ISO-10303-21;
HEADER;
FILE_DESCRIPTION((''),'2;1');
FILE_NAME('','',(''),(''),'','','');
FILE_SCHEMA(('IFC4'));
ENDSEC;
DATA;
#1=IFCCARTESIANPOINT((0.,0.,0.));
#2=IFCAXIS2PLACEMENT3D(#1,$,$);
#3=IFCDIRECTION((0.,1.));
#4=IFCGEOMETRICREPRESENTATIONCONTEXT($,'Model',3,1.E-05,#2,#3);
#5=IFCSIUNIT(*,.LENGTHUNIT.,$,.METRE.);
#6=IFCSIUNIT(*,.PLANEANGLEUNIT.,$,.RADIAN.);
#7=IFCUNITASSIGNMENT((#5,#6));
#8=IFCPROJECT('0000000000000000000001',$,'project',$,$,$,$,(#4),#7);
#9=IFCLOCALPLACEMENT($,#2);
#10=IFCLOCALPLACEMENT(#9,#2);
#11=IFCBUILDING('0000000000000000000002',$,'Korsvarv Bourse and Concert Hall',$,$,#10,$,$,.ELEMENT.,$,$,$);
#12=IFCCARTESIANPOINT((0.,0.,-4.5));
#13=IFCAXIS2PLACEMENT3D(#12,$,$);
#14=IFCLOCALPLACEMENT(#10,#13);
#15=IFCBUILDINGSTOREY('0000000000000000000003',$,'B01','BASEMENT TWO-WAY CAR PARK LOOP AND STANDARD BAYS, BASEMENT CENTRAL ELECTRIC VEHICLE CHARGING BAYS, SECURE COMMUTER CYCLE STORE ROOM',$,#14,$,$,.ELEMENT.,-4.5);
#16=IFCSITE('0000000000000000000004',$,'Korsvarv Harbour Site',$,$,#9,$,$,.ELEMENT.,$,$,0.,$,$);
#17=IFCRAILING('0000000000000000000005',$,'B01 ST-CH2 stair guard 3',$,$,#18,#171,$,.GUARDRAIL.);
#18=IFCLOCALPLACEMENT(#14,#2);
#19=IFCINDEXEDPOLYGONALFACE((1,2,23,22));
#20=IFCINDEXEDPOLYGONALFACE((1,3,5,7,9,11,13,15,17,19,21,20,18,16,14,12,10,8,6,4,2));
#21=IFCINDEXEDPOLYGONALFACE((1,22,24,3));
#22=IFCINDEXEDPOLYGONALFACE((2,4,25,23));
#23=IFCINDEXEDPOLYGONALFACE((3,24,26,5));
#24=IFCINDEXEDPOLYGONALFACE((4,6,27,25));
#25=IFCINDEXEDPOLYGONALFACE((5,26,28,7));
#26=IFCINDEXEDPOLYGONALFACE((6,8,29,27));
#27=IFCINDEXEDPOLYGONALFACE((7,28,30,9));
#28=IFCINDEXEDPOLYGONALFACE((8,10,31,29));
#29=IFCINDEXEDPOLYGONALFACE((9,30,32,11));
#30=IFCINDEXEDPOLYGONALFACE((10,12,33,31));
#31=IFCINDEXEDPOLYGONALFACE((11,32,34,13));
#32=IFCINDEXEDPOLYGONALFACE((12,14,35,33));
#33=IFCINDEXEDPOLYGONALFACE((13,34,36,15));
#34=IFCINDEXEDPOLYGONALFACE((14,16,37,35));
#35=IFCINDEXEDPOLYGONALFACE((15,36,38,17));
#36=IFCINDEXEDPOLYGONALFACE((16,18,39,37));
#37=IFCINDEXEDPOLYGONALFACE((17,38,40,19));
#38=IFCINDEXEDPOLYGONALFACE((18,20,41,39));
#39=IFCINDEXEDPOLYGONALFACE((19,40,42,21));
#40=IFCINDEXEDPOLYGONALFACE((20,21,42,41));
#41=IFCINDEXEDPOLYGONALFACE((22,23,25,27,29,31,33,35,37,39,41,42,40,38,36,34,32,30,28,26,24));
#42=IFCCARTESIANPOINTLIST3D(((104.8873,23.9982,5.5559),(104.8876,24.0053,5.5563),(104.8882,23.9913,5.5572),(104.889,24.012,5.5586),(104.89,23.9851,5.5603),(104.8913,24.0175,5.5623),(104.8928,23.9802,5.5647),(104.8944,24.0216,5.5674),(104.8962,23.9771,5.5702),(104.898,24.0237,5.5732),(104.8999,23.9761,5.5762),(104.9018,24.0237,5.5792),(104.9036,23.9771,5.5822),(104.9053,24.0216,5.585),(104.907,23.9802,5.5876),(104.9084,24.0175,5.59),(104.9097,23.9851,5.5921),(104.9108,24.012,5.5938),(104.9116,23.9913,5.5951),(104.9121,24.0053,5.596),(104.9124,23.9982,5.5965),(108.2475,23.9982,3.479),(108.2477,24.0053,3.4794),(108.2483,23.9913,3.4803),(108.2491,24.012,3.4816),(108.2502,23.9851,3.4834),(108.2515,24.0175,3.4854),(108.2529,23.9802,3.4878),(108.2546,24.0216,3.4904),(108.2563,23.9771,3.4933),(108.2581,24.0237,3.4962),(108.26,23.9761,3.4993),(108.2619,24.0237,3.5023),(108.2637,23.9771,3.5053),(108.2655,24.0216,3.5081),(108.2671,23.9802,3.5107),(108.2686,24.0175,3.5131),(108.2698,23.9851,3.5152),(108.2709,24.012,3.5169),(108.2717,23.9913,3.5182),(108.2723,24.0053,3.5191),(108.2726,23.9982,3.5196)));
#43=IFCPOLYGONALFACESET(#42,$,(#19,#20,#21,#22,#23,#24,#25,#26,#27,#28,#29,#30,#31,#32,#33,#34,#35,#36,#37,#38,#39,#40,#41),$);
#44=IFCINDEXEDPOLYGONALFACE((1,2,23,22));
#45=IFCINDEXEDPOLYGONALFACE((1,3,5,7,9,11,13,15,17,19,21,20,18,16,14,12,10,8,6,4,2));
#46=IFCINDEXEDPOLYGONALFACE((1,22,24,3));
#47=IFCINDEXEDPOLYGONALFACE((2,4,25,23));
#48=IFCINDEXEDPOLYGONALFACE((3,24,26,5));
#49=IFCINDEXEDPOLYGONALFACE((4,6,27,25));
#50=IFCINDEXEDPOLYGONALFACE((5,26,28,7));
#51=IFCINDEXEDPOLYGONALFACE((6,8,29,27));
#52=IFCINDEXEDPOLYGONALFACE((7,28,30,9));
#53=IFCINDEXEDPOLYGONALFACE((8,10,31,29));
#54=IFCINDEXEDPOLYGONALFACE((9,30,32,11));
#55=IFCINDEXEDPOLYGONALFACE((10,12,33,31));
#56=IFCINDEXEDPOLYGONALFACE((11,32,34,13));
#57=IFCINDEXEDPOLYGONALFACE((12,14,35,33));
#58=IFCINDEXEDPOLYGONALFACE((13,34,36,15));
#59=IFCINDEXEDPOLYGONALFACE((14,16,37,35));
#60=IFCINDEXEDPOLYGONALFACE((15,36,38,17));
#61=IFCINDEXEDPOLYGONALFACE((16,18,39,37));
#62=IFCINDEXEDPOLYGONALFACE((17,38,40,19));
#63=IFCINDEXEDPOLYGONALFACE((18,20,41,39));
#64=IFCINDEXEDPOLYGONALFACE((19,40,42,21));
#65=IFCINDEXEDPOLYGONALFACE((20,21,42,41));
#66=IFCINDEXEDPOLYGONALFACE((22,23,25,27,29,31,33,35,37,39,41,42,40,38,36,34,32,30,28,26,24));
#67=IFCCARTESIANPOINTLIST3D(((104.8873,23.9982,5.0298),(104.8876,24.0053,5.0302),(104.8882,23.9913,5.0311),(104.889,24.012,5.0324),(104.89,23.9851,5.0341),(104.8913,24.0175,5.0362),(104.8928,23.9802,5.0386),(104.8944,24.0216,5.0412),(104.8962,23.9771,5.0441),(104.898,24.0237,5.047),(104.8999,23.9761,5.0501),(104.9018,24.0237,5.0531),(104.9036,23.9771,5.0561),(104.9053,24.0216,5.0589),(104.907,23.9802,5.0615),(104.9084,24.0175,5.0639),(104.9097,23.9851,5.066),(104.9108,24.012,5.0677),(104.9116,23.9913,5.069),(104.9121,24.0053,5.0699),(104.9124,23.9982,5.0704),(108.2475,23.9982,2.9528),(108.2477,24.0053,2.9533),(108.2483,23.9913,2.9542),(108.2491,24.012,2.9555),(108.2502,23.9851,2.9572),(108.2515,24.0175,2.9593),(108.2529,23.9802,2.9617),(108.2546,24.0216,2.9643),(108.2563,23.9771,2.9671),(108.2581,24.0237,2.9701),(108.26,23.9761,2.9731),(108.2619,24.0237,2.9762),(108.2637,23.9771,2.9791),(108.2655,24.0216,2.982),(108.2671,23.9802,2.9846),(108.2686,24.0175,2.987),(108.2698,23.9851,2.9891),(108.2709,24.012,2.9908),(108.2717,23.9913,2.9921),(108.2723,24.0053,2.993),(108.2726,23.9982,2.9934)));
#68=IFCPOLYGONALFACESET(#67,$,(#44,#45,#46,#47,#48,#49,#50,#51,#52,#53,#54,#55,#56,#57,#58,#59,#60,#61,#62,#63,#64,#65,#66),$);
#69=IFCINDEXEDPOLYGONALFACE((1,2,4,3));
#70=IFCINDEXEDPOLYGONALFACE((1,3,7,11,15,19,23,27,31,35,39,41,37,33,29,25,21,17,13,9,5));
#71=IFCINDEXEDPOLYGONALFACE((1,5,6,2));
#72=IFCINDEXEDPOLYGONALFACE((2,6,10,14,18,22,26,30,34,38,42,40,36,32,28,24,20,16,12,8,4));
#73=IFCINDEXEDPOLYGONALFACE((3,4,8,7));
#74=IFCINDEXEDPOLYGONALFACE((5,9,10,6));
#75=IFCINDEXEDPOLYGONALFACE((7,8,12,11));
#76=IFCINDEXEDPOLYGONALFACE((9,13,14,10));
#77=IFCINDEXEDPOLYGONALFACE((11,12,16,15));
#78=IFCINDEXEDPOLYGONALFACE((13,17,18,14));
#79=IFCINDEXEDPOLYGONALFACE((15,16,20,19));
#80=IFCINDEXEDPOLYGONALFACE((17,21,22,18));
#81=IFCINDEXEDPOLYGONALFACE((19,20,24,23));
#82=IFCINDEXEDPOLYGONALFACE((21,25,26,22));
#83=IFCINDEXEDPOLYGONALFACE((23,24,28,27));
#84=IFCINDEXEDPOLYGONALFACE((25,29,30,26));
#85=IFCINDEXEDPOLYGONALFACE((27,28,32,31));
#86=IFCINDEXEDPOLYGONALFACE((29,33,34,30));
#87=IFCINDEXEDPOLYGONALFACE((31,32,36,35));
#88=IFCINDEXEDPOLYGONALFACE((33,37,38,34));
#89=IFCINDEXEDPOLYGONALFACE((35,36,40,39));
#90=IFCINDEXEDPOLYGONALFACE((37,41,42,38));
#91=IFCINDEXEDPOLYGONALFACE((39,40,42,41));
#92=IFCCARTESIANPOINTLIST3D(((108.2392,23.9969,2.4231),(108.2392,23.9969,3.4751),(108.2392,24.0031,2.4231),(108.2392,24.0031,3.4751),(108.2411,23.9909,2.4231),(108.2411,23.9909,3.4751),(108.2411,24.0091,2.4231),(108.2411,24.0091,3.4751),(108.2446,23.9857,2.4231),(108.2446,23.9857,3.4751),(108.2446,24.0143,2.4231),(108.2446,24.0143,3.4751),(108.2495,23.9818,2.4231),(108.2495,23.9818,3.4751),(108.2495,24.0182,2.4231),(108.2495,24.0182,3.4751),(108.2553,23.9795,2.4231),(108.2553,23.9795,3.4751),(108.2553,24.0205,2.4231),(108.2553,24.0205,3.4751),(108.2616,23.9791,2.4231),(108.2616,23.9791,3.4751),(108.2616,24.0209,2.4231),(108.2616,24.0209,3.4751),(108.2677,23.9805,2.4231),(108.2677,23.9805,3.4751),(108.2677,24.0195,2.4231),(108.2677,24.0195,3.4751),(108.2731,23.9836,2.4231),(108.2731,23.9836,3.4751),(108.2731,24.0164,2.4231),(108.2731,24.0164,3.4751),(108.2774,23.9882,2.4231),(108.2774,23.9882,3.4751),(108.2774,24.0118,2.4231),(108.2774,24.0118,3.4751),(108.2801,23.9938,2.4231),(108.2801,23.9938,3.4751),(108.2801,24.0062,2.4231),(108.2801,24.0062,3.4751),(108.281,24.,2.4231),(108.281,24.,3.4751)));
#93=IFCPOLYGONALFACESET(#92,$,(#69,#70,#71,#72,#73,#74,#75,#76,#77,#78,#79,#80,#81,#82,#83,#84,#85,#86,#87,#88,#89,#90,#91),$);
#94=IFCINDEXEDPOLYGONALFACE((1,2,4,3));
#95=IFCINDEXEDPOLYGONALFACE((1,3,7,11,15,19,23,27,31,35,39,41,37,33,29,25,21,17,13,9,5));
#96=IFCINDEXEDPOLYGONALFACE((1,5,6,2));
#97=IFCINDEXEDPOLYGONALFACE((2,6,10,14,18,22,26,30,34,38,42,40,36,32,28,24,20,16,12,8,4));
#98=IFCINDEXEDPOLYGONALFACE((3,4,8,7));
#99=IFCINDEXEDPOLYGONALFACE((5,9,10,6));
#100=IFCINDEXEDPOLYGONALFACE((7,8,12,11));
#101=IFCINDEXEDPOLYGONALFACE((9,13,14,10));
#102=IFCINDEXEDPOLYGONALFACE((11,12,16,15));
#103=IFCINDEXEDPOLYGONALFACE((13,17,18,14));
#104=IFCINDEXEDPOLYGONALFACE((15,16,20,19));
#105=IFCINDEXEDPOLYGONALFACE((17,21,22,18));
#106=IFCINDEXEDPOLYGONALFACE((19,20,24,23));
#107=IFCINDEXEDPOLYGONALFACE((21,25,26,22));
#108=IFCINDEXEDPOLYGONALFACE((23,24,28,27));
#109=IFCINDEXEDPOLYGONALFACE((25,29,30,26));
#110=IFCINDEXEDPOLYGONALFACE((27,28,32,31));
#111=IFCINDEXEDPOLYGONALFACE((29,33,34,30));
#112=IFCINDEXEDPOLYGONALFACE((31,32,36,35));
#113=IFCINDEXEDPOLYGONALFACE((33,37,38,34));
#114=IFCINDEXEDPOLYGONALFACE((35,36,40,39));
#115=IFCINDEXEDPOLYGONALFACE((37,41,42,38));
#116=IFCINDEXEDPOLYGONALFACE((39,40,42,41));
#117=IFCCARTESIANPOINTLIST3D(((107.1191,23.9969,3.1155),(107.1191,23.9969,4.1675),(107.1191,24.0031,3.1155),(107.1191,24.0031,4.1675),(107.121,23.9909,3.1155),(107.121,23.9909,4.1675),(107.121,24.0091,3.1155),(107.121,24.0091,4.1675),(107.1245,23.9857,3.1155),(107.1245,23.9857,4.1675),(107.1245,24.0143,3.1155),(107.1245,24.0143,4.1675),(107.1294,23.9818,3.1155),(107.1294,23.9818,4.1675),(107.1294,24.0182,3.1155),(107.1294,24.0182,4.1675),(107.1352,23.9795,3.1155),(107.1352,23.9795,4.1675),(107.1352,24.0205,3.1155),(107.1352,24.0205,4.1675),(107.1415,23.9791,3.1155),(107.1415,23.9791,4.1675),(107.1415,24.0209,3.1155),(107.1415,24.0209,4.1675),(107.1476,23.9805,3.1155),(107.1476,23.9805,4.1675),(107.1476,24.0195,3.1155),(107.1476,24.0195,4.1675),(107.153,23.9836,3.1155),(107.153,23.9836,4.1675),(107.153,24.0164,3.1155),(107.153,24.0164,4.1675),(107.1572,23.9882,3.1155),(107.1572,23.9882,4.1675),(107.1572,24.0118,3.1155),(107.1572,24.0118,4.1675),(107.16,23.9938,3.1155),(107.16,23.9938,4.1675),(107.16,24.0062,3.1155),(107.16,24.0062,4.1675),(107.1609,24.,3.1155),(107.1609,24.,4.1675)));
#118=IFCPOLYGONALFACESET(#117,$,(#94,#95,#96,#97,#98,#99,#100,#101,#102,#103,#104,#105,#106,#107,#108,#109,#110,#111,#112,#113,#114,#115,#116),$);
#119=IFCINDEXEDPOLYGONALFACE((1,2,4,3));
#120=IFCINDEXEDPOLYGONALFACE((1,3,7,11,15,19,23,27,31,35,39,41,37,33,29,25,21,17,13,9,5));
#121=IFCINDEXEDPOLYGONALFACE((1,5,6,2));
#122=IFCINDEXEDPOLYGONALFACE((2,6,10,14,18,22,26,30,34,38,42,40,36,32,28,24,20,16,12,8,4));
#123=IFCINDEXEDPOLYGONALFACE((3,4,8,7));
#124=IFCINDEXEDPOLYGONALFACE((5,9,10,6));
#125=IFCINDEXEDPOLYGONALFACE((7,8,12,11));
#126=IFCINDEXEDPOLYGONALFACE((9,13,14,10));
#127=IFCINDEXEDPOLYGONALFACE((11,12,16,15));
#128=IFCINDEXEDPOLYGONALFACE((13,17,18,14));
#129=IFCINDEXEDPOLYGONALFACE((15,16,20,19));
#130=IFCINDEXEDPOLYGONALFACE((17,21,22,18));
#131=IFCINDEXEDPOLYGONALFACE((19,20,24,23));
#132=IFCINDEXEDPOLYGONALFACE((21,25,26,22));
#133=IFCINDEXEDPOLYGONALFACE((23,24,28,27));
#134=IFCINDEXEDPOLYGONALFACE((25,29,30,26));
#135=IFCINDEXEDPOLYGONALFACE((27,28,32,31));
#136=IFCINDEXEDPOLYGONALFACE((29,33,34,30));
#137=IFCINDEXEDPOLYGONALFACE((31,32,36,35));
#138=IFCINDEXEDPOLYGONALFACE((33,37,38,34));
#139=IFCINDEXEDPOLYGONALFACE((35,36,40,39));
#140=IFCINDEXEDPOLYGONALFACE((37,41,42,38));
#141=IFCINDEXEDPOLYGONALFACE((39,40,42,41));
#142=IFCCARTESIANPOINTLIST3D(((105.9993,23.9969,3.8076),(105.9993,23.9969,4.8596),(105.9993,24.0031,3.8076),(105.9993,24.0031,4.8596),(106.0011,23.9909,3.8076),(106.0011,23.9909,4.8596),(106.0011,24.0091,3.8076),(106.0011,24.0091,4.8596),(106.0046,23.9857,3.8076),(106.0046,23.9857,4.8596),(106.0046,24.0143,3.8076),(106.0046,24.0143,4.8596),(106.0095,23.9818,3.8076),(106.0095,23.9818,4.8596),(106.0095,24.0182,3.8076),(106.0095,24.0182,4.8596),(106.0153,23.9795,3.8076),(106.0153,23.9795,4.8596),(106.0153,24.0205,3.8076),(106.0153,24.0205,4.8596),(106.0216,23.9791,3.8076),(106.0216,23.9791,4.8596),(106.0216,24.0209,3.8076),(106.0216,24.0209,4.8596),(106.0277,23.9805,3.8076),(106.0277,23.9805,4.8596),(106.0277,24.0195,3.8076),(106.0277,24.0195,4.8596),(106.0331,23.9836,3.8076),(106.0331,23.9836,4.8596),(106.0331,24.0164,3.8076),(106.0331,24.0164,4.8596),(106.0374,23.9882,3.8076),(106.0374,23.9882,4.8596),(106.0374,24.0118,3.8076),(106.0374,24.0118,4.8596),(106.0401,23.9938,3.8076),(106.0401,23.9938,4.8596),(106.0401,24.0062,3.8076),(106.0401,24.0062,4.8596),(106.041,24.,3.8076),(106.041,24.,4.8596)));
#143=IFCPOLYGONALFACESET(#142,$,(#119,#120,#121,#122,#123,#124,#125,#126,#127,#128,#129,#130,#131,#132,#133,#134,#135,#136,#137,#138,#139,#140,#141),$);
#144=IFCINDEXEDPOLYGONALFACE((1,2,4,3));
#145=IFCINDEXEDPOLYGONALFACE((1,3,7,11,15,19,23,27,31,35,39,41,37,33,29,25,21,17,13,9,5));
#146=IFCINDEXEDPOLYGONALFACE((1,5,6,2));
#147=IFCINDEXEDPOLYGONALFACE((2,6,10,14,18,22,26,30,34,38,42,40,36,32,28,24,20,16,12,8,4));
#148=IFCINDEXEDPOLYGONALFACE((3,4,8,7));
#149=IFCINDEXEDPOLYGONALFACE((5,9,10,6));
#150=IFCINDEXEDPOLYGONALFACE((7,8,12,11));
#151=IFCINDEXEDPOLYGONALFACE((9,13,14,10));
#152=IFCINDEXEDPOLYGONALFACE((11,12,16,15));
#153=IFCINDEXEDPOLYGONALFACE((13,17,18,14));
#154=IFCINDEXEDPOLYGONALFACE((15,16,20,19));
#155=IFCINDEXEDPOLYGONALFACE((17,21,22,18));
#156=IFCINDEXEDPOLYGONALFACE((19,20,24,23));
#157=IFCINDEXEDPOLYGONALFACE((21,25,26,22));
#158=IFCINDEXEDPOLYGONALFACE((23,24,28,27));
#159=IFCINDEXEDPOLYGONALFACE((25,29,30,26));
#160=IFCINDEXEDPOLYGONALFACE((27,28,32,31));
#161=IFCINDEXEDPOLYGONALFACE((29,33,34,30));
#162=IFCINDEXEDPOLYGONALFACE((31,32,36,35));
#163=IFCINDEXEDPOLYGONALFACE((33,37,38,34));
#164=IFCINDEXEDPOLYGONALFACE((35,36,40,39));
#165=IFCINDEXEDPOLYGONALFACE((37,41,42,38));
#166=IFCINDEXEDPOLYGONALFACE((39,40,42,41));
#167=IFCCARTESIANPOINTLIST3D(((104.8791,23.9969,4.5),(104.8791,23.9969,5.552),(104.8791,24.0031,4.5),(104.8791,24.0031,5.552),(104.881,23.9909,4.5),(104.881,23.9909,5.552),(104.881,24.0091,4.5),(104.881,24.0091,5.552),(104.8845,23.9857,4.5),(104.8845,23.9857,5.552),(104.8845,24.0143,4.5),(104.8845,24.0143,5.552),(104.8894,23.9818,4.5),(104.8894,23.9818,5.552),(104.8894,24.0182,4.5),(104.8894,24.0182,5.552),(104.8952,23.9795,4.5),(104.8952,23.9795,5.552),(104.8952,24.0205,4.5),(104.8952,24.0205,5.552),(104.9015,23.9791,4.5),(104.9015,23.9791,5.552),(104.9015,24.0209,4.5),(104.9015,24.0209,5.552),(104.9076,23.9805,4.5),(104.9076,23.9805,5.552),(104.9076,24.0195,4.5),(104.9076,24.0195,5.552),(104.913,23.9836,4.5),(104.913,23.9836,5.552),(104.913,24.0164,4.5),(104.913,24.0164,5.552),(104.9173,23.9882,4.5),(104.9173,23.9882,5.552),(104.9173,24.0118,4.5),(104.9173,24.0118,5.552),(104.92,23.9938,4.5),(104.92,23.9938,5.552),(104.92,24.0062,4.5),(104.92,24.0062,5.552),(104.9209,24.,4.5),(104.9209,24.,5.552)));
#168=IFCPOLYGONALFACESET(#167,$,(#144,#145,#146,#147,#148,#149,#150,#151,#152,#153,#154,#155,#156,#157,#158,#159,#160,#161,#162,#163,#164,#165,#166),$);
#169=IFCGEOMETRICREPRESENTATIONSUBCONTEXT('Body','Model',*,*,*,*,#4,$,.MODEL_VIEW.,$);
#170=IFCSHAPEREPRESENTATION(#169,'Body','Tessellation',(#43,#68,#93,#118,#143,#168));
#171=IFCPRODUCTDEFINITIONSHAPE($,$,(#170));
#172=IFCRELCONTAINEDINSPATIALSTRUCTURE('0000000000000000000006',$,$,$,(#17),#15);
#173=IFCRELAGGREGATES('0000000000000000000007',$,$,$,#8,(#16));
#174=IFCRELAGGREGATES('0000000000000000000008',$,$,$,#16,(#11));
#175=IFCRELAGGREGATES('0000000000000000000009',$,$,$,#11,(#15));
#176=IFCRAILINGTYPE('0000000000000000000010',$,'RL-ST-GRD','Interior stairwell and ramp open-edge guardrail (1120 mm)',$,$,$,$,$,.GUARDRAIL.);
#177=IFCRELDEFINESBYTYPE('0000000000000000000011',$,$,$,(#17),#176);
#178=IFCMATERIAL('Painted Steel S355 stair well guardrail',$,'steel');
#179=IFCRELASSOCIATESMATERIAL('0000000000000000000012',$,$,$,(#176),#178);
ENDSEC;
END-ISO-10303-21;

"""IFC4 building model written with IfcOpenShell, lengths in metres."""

from ifc_helpers import new_model, si_unit, direction, frame, origin, origin_2d, place, context, subcontext, project, spatial, circle, extrude, material, type_object, element, save


model = new_model("IFC4")

# Units and contexts
model_context = context("Model", 3, precision=1e-05, world=origin(), true_north=direction((0.0, 1.0)))
body_context = subcontext(model_context, "Body", "Model", "MODEL_VIEW")
ifc_project = project(units=[si_unit("LENGTHUNIT", "METRE"), si_unit("PLANEANGLEUNIT", "RADIAN")], contexts=[model_context])

# Site, building, storey
site_placement = place(None, origin())
site = spatial("IfcSite", under=ifc_project, at=site_placement, Name="Korsvarv Harbour Site", CompositionType="ELEMENT", RefElevation=0.0)
building_placement = place(site_placement, origin())
building = spatial("IfcBuilding", under=site, at=building_placement, Name="Korsvarv Bourse and Concert Hall", CompositionType="ELEMENT")
storey_placement = place(building_placement, frame((0.0, 0.0, -4.5)))
storey = spatial("IfcBuildingStorey", under=building, at=storey_placement, Name="B01", Description="BASEMENT TWO-WAY CAR PARK LOOP AND STANDARD BAYS, BASEMENT CENTRAL ELECTRIC VEHICLE CHARGING BAYS, SECURE COMMUTER CYCLE STORE ROOM", CompositionType="ELEMENT", Elevation=-4.5)

# Railing
ifc_material_1 = material(Name="Painted Steel S355 stair well guardrail", Category="steel")
railing_type_1 = type_object("IfcRailingType", Name="RL-ST-GRD", Description="Interior stairwell and ramp open-edge guardrail (1120 mm)", PredefinedType="GUARDRAIL", material=ifc_material_1)
railing_1_placement = place(storey_placement, frame((108.26, 24.0, 2.4231)))
element("IfcRailing", 1, at=railing_1_placement, inside=storey, type_object=railing_type_1, Name="B01 ST-CH2 stair guard 3", PredefinedType="GUARDRAIL", context=body_context, shape_type="SweptSolid", body=[
    extrude(circle(Radius=0.0239, at=origin_2d()), frame((0.0, 0.0, 1.0762), z_axis=(-0.850623, 0.0, 0.525776), x_axis=(0.0, -1.0, 0.0)), (0.0, 0.0, 1.0), 3.9502),
    extrude(circle(Radius=0.0239, at=origin_2d()), frame((0.0, 0.0, 0.55), z_axis=(-0.850623, 0.0, 0.525776), x_axis=(0.0, -1.0, 0.0)), (0.0, 0.0, 1.0), 3.9502),
    extrude(circle(Radius=0.021, at=origin_2d()), origin(), (0.0, 0.0, 1.0), 1.052),
    extrude(circle(Radius=0.021, at=origin_2d()), frame((-1.1201, 0.0, 0.6924)), (0.0, 0.0, 1.0), 1.052),
    extrude(circle(Radius=0.021, at=origin_2d()), frame((-2.24, 0.0, 1.3845)), (0.0, 0.0, 1.0), 1.052),
    extrude(circle(Radius=0.021, at=origin_2d()), frame((-3.3601, 0.0, 2.0769)), (0.0, 0.0, 1.0), 1.052),
])

save(model, "model.ifc")
